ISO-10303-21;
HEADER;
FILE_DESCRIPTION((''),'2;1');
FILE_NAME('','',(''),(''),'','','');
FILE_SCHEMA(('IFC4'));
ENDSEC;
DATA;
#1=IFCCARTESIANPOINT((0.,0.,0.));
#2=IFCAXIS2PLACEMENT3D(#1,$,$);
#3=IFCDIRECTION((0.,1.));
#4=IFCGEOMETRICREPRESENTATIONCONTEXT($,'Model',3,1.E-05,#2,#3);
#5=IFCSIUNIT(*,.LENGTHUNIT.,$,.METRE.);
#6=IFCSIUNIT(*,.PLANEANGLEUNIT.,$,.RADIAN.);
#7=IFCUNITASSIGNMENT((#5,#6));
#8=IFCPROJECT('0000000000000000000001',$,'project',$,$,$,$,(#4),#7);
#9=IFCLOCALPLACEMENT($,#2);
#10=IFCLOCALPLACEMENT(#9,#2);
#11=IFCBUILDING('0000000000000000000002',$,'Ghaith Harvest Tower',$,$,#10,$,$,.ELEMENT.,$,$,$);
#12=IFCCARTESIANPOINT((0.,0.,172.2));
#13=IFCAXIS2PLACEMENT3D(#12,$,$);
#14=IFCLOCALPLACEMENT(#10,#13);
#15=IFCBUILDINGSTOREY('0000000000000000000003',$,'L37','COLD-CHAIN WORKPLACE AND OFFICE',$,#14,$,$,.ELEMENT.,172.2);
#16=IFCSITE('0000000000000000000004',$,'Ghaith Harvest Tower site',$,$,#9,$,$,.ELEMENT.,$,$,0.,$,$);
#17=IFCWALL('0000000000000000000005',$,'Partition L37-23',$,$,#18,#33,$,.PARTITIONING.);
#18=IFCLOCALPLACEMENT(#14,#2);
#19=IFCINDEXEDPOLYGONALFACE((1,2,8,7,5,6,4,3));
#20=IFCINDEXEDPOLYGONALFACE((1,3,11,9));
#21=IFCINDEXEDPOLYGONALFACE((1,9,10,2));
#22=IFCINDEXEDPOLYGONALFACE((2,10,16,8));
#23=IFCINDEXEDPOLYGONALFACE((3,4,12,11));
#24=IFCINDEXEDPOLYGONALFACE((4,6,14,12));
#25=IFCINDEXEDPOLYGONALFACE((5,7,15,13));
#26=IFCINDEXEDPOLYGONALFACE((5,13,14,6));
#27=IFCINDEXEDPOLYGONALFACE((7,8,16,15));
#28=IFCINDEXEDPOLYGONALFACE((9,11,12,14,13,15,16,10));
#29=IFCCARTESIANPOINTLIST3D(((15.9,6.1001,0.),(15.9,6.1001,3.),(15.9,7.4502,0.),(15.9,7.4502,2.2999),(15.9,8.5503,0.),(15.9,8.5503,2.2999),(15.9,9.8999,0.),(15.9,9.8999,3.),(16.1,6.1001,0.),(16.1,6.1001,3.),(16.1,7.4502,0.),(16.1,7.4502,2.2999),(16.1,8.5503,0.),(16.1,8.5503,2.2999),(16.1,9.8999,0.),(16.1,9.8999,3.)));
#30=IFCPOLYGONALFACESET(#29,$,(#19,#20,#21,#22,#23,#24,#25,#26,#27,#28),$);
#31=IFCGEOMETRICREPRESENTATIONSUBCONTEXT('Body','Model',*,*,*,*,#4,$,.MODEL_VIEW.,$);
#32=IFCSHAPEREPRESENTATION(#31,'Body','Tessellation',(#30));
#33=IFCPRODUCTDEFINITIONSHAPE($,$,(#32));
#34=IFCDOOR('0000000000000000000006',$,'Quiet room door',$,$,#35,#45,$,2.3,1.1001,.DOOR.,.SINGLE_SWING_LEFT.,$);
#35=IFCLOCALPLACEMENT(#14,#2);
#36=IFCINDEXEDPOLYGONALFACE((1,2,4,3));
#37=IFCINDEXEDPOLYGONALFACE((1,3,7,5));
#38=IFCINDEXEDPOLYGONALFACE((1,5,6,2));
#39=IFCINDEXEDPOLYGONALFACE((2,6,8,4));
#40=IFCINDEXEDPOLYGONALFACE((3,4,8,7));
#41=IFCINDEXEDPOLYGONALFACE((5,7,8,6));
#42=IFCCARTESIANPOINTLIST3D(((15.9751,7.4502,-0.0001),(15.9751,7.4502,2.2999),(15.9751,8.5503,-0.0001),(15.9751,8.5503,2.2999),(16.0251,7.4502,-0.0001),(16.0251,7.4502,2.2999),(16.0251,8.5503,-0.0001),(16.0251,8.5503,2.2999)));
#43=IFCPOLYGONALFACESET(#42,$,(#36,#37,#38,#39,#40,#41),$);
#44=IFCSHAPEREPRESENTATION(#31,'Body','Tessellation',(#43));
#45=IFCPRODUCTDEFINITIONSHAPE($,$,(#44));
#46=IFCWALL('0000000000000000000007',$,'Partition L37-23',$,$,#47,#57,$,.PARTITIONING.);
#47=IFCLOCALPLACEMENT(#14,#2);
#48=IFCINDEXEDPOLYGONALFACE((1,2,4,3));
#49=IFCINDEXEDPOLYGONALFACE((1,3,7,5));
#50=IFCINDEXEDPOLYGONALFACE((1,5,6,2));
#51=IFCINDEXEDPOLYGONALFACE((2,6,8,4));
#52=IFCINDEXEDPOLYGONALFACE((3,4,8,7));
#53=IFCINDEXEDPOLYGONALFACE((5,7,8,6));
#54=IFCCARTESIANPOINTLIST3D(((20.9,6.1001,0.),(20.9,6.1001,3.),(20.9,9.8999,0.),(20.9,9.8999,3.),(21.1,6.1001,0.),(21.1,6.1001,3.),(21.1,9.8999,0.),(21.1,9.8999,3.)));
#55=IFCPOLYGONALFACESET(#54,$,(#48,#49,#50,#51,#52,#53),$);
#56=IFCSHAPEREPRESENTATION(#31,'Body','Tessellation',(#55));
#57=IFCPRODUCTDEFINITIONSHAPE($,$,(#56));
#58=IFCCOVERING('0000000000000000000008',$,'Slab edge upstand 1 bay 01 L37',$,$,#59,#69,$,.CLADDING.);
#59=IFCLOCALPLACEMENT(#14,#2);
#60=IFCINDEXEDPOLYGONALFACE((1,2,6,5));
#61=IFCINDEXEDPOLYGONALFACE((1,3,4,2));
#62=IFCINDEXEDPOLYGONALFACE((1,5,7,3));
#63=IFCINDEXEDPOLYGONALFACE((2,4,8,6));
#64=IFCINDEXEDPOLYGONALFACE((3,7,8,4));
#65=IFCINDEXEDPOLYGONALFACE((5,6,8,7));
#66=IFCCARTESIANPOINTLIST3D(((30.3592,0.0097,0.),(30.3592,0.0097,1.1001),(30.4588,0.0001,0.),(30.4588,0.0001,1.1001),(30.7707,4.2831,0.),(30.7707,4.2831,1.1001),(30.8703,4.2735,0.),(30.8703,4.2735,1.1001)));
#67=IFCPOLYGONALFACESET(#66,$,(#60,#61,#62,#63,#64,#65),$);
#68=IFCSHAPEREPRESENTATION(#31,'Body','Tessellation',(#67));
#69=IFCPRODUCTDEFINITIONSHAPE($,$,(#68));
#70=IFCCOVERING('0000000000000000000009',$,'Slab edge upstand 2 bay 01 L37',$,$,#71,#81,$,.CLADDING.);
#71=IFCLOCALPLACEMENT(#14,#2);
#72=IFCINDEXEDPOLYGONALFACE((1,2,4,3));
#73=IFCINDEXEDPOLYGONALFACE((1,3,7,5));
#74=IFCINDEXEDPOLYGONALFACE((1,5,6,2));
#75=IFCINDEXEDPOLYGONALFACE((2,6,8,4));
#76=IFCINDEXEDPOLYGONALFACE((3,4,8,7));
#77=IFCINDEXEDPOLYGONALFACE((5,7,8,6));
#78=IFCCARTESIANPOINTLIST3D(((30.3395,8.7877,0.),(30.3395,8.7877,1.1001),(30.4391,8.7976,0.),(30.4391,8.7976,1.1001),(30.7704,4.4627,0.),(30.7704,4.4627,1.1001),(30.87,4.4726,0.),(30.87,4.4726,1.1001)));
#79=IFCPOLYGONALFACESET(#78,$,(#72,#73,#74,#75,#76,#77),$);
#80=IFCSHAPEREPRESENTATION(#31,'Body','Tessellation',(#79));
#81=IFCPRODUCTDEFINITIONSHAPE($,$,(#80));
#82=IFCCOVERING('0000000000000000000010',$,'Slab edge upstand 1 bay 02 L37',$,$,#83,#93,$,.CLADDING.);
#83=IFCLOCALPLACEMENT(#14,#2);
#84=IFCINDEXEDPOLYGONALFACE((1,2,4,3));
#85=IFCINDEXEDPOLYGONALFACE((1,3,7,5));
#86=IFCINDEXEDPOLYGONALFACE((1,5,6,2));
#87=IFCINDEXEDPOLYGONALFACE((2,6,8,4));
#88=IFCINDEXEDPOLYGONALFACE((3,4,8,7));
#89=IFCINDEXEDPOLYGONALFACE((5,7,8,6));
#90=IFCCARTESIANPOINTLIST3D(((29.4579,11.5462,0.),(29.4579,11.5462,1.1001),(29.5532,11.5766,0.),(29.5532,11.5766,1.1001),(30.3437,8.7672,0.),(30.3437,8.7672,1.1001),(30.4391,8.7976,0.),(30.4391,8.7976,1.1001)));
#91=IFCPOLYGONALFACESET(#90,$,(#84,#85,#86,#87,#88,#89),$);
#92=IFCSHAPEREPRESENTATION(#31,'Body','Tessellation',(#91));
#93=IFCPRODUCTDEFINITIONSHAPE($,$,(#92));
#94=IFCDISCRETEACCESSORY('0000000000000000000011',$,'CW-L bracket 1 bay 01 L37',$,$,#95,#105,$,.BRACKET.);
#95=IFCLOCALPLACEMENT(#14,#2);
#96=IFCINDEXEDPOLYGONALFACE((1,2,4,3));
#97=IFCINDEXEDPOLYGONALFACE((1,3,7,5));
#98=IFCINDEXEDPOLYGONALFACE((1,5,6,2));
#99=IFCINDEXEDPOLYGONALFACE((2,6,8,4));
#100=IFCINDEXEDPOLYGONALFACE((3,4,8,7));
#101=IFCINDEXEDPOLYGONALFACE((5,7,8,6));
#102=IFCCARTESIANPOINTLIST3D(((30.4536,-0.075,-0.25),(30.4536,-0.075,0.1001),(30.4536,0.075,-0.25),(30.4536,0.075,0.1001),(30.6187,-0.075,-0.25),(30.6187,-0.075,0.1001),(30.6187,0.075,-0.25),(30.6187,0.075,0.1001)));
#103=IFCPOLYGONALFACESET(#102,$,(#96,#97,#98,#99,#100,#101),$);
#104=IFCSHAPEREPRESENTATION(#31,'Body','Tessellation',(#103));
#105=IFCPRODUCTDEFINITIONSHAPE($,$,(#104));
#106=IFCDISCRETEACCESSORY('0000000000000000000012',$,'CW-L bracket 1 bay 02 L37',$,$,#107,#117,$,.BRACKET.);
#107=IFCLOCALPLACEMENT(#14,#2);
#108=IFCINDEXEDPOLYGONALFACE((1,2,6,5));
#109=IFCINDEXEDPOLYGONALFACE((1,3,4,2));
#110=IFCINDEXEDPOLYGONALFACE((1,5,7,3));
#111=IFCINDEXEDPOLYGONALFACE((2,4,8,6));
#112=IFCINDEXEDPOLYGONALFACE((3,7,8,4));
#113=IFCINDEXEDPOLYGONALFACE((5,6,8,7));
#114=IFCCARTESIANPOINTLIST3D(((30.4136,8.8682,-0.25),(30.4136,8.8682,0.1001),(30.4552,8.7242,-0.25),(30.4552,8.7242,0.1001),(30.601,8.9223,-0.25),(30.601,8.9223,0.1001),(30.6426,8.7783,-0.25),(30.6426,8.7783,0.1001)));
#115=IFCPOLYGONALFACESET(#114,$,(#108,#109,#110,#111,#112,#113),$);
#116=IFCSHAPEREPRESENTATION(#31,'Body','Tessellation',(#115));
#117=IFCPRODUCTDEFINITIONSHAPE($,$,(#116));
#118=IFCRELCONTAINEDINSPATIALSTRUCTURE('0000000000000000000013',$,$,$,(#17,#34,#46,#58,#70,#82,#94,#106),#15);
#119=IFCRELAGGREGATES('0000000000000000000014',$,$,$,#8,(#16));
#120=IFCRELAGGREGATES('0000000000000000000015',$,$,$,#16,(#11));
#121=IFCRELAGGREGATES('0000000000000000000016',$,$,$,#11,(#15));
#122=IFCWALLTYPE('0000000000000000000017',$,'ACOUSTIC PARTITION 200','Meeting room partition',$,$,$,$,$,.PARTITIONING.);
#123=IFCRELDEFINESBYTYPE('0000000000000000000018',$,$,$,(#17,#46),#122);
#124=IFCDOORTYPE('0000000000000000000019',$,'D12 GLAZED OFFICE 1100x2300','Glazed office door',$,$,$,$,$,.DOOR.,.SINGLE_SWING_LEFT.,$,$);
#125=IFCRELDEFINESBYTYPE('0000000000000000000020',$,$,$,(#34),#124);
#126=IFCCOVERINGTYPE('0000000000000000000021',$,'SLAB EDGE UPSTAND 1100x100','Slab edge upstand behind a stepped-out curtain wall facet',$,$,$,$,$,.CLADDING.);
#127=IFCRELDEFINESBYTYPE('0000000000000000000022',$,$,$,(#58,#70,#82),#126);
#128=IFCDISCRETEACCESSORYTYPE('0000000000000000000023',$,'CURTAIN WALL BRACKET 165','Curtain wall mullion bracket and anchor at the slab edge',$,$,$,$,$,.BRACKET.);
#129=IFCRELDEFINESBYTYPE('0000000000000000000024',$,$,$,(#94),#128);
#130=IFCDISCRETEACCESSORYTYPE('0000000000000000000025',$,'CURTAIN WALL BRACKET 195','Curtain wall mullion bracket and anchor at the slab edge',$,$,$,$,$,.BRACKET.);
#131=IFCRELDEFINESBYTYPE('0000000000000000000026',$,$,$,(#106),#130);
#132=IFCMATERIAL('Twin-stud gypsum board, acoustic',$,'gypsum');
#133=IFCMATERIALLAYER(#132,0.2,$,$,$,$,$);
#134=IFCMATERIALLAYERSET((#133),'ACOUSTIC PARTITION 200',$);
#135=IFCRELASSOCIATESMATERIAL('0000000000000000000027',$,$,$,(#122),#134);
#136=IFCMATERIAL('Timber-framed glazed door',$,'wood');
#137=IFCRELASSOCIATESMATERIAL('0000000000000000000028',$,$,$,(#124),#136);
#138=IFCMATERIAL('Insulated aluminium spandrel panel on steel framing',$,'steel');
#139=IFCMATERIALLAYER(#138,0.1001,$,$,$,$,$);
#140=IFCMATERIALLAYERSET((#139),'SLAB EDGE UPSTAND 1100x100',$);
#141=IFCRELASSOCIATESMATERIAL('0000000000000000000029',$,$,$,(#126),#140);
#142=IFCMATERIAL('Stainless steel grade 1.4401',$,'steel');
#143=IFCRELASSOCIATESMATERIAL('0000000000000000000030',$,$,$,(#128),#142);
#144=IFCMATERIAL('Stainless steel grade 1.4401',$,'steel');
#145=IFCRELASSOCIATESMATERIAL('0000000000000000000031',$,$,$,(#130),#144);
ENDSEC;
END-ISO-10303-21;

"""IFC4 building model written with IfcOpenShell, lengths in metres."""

from ifc_helpers import new_model, si_unit, direction, frame, frame_2d, origin, origin_2d, place, context, subcontext, project, spatial, rectangle, extrude, material, layer, layer_set, type_object, element, fill, save


model = new_model("IFC4")

# Units and contexts
model_context = context("Model", 3, precision=1e-05, world=origin(), true_north=direction((0.0, 1.0)))
body_context = subcontext(model_context, "Body", "Model", "MODEL_VIEW")
ifc_project = project(units=[si_unit("LENGTHUNIT", "METRE"), si_unit("PLANEANGLEUNIT", "RADIAN")], contexts=[model_context])

# Site, building, storey
site_placement = place(None, origin())
site = spatial("IfcSite", under=ifc_project, at=site_placement, Name="Ghaith Harvest Tower site", CompositionType="ELEMENT", RefElevation=0.0)
building_placement = place(site_placement, origin())
building = spatial("IfcBuilding", under=site, at=building_placement, Name="Ghaith Harvest Tower", CompositionType="ELEMENT")
storey_placement = place(building_placement, frame((0.0, 0.0, 172.2)))
storey = spatial("IfcBuildingStorey", under=building, at=storey_placement, Name="L37", Description="COLD-CHAIN WORKPLACE AND OFFICE", CompositionType="ELEMENT", Elevation=172.2)

# Shared definitions
ifc_material_1 = material(Name="Twin-stud gypsum board, acoustic", Category="gypsum")
ifc_layer_1 = layer(ifc_material_1, 0.2)
ifc_layer_set_1 = layer_set([ifc_layer_1], Name="ACOUSTIC PARTITION 200")
wall_type_1 = type_object("IfcWallType", Name="ACOUSTIC PARTITION 200", Description="Meeting room partition", PredefinedType="PARTITIONING", material=ifc_layer_set_1)

# Wall, opening, door
wall_1_placement = place(storey_placement, frame((16.0, 6.1001, 0.0), z_axis=(0.0, 0.0, 1.0), x_axis=(0.0, 1.0, 0.0)))
wall_1 = element("IfcWall", 1, at=wall_1_placement, inside=storey, type_object=wall_type_1, Name="Partition L37-23", PredefinedType="PARTITIONING", context=body_context, shape_type="SweptSolid", body=[
    extrude(rectangle(XDim=3.7998, YDim=0.2, at=frame_2d((1.8999, 0.0))), origin(), (0.0, 0.0, 1.0), 3.0),
])
opening_1_placement = place(wall_1_placement, frame((1.3501, 0.0, 0.0)))
opening_1 = element("IfcOpeningElement", 2, at=opening_1_placement, cuts=wall_1, PredefinedType="OPENING", context=body_context, shape_type="SweptSolid", body=[
    extrude(rectangle(XDim=1.1001, YDim=2.3, at=frame_2d((0.55, 1.1499))), frame((0.0, 0.1099, 0.0), z_axis=(0.0, -1.0, 0.0), x_axis=(1.0, 0.0, 0.0)), (0.0, 0.0, 1.0), 0.22),
])
ifc_material_2 = material(Name="Timber-framed glazed door", Category="wood")
door_type_1 = type_object("IfcDoorType", Name="D12 GLAZED OFFICE 1100x2300", Description="Glazed office door", OperationType="SINGLE_SWING_LEFT", PredefinedType="DOOR", material=ifc_material_2)
door_1_placement = place(opening_1_placement, origin())
door_1 = element("IfcDoor", 3, at=door_1_placement, inside=storey, type_object=door_type_1, Name="Quiet room door", OperationType="SINGLE_SWING_LEFT", OverallHeight=2.3, OverallWidth=1.1001, PredefinedType="DOOR", context=body_context, shape_type="SweptSolid", body=[
    extrude(rectangle(XDim=1.1001, YDim=2.3, at=frame_2d((0.55, 1.1499))), frame((0.0, 0.0249, 0.0), z_axis=(0.0, -1.0, 0.0), x_axis=(1.0, 0.0, 0.0)), (0.0, 0.0, 1.0), 0.05),
])
fill(opening_1, door_1)

# Wall
wall_2_placement = place(storey_placement, frame((21.0, 6.1001, 0.0), z_axis=(0.0, 0.0, 1.0), x_axis=(0.0, 1.0, 0.0)))
element("IfcWall", 4, at=wall_2_placement, inside=storey, type_object=wall_type_1, Name="Partition L37-23", PredefinedType="PARTITIONING", context=body_context, shape_type="SweptSolid", body=[
    extrude(rectangle(XDim=3.7998, YDim=0.2, at=frame_2d((1.8999, 0.0))), origin(), (0.0, 0.0, 1.0), 3.0),
])

# Coverings
ifc_material_3 = material(Name="Insulated aluminium spandrel panel on steel framing", Category="steel")
ifc_layer_2 = layer(ifc_material_3, 0.1001)
ifc_layer_set_2 = layer_set([ifc_layer_2], Name="SLAB EDGE UPSTAND 1100x100")
covering_type = type_object("IfcCoveringType", Name="SLAB EDGE UPSTAND 1100x100", Description="Slab edge upstand behind a stepped-out curtain wall facet", PredefinedType="CLADDING", material=ifc_layer_set_2)
covering_1_placement = place(storey_placement, frame((30.6147, 2.1416, 0.0), z_axis=(0.0, 0.0, 1.0), x_axis=(0.095861, 0.995395, 0.0)))
element("IfcCovering", 5, at=covering_1_placement, inside=storey, type_object=covering_type, Name="Slab edge upstand 1 bay 01 L37", PredefinedType="CLADDING", context=body_context, shape_type="SweptSolid", body=[
    extrude(rectangle(XDim=4.2932, YDim=0.1001, at=origin_2d()), origin(), (0.0, 0.0, 1.0), 1.1001),
])
covering_2_placement = place(storey_placement, frame((30.6047, 6.6301, 0.0), z_axis=(0.0, 0.0, 1.0), x_axis=(-0.099132, 0.995074, 0.0)))
element("IfcCovering", 6, at=covering_2_placement, inside=storey, type_object=covering_type, Name="Slab edge upstand 2 bay 01 L37", PredefinedType="CLADDING", context=body_context, shape_type="SweptSolid", body=[
    extrude(rectangle(XDim=4.3464, YDim=0.1001, at=origin_2d()), origin(), (0.0, 0.0, 1.0), 1.1001),
])
covering_3_placement = place(storey_placement, frame((29.9485, 10.1719, 0.0), z_axis=(0.0, 0.0, 1.0), x_axis=(-0.303717, 0.952762, 0.0)))
element("IfcCovering", 7, at=covering_3_placement, inside=storey, type_object=covering_type, Name="Slab edge upstand 1 bay 02 L37", PredefinedType="CLADDING", context=body_context, shape_type="SweptSolid", body=[
    extrude(rectangle(XDim=2.9167, YDim=0.1001, at=origin_2d()), origin(), (0.0, 0.0, 1.0), 1.1001),
])

# Discrete accessories
ifc_material_4 = material(Name="Stainless steel grade 1.4401", Category="steel")
discrete_accessory_type_1 = type_object("IfcDiscreteAccessoryType", Name="CURTAIN WALL BRACKET 165", Description="Curtain wall mullion bracket and anchor at the slab edge", PredefinedType="BRACKET", material=ifc_material_4)
discrete_accessory_1_placement = place(storey_placement, frame((30.5361, 0.0, -0.25), z_axis=(0.0, 0.0, 1.0), x_axis=(1.0, 0.0, 0.0)))
element("IfcDiscreteAccessory", 8, at=discrete_accessory_1_placement, inside=storey, type_object=discrete_accessory_type_1, Name="CW-L bracket 1 bay 01 L37", PredefinedType="BRACKET", context=body_context, shape_type="SweptSolid", body=[
    extrude(rectangle(XDim=0.165, YDim=0.1499, at=origin_2d()), origin(), (0.0, 0.0, 1.0), 0.3501),
])
ifc_material_5 = material(Name="Stainless steel grade 1.4401", Category="steel")
discrete_accessory_type_2 = type_object("IfcDiscreteAccessoryType", Name="CURTAIN WALL BRACKET 195", Description="Curtain wall mullion bracket and anchor at the slab edge", PredefinedType="BRACKET", material=ifc_material_5)
discrete_accessory_2_placement = place(storey_placement, frame((30.5281, 8.8232, -0.25), z_axis=(0.0, 0.0, 1.0), x_axis=(0.96068, 0.277657, 0.0)))
element("IfcDiscreteAccessory", 9, at=discrete_accessory_2_placement, inside=storey, type_object=discrete_accessory_type_2, Name="CW-L bracket 1 bay 02 L37", PredefinedType="BRACKET", context=body_context, shape_type="SweptSolid", body=[
    extrude(rectangle(XDim=0.1951, YDim=0.1499, at=origin_2d()), origin(), (0.0, 0.0, 1.0), 0.3501),
])

save(model, "model.ifc")
